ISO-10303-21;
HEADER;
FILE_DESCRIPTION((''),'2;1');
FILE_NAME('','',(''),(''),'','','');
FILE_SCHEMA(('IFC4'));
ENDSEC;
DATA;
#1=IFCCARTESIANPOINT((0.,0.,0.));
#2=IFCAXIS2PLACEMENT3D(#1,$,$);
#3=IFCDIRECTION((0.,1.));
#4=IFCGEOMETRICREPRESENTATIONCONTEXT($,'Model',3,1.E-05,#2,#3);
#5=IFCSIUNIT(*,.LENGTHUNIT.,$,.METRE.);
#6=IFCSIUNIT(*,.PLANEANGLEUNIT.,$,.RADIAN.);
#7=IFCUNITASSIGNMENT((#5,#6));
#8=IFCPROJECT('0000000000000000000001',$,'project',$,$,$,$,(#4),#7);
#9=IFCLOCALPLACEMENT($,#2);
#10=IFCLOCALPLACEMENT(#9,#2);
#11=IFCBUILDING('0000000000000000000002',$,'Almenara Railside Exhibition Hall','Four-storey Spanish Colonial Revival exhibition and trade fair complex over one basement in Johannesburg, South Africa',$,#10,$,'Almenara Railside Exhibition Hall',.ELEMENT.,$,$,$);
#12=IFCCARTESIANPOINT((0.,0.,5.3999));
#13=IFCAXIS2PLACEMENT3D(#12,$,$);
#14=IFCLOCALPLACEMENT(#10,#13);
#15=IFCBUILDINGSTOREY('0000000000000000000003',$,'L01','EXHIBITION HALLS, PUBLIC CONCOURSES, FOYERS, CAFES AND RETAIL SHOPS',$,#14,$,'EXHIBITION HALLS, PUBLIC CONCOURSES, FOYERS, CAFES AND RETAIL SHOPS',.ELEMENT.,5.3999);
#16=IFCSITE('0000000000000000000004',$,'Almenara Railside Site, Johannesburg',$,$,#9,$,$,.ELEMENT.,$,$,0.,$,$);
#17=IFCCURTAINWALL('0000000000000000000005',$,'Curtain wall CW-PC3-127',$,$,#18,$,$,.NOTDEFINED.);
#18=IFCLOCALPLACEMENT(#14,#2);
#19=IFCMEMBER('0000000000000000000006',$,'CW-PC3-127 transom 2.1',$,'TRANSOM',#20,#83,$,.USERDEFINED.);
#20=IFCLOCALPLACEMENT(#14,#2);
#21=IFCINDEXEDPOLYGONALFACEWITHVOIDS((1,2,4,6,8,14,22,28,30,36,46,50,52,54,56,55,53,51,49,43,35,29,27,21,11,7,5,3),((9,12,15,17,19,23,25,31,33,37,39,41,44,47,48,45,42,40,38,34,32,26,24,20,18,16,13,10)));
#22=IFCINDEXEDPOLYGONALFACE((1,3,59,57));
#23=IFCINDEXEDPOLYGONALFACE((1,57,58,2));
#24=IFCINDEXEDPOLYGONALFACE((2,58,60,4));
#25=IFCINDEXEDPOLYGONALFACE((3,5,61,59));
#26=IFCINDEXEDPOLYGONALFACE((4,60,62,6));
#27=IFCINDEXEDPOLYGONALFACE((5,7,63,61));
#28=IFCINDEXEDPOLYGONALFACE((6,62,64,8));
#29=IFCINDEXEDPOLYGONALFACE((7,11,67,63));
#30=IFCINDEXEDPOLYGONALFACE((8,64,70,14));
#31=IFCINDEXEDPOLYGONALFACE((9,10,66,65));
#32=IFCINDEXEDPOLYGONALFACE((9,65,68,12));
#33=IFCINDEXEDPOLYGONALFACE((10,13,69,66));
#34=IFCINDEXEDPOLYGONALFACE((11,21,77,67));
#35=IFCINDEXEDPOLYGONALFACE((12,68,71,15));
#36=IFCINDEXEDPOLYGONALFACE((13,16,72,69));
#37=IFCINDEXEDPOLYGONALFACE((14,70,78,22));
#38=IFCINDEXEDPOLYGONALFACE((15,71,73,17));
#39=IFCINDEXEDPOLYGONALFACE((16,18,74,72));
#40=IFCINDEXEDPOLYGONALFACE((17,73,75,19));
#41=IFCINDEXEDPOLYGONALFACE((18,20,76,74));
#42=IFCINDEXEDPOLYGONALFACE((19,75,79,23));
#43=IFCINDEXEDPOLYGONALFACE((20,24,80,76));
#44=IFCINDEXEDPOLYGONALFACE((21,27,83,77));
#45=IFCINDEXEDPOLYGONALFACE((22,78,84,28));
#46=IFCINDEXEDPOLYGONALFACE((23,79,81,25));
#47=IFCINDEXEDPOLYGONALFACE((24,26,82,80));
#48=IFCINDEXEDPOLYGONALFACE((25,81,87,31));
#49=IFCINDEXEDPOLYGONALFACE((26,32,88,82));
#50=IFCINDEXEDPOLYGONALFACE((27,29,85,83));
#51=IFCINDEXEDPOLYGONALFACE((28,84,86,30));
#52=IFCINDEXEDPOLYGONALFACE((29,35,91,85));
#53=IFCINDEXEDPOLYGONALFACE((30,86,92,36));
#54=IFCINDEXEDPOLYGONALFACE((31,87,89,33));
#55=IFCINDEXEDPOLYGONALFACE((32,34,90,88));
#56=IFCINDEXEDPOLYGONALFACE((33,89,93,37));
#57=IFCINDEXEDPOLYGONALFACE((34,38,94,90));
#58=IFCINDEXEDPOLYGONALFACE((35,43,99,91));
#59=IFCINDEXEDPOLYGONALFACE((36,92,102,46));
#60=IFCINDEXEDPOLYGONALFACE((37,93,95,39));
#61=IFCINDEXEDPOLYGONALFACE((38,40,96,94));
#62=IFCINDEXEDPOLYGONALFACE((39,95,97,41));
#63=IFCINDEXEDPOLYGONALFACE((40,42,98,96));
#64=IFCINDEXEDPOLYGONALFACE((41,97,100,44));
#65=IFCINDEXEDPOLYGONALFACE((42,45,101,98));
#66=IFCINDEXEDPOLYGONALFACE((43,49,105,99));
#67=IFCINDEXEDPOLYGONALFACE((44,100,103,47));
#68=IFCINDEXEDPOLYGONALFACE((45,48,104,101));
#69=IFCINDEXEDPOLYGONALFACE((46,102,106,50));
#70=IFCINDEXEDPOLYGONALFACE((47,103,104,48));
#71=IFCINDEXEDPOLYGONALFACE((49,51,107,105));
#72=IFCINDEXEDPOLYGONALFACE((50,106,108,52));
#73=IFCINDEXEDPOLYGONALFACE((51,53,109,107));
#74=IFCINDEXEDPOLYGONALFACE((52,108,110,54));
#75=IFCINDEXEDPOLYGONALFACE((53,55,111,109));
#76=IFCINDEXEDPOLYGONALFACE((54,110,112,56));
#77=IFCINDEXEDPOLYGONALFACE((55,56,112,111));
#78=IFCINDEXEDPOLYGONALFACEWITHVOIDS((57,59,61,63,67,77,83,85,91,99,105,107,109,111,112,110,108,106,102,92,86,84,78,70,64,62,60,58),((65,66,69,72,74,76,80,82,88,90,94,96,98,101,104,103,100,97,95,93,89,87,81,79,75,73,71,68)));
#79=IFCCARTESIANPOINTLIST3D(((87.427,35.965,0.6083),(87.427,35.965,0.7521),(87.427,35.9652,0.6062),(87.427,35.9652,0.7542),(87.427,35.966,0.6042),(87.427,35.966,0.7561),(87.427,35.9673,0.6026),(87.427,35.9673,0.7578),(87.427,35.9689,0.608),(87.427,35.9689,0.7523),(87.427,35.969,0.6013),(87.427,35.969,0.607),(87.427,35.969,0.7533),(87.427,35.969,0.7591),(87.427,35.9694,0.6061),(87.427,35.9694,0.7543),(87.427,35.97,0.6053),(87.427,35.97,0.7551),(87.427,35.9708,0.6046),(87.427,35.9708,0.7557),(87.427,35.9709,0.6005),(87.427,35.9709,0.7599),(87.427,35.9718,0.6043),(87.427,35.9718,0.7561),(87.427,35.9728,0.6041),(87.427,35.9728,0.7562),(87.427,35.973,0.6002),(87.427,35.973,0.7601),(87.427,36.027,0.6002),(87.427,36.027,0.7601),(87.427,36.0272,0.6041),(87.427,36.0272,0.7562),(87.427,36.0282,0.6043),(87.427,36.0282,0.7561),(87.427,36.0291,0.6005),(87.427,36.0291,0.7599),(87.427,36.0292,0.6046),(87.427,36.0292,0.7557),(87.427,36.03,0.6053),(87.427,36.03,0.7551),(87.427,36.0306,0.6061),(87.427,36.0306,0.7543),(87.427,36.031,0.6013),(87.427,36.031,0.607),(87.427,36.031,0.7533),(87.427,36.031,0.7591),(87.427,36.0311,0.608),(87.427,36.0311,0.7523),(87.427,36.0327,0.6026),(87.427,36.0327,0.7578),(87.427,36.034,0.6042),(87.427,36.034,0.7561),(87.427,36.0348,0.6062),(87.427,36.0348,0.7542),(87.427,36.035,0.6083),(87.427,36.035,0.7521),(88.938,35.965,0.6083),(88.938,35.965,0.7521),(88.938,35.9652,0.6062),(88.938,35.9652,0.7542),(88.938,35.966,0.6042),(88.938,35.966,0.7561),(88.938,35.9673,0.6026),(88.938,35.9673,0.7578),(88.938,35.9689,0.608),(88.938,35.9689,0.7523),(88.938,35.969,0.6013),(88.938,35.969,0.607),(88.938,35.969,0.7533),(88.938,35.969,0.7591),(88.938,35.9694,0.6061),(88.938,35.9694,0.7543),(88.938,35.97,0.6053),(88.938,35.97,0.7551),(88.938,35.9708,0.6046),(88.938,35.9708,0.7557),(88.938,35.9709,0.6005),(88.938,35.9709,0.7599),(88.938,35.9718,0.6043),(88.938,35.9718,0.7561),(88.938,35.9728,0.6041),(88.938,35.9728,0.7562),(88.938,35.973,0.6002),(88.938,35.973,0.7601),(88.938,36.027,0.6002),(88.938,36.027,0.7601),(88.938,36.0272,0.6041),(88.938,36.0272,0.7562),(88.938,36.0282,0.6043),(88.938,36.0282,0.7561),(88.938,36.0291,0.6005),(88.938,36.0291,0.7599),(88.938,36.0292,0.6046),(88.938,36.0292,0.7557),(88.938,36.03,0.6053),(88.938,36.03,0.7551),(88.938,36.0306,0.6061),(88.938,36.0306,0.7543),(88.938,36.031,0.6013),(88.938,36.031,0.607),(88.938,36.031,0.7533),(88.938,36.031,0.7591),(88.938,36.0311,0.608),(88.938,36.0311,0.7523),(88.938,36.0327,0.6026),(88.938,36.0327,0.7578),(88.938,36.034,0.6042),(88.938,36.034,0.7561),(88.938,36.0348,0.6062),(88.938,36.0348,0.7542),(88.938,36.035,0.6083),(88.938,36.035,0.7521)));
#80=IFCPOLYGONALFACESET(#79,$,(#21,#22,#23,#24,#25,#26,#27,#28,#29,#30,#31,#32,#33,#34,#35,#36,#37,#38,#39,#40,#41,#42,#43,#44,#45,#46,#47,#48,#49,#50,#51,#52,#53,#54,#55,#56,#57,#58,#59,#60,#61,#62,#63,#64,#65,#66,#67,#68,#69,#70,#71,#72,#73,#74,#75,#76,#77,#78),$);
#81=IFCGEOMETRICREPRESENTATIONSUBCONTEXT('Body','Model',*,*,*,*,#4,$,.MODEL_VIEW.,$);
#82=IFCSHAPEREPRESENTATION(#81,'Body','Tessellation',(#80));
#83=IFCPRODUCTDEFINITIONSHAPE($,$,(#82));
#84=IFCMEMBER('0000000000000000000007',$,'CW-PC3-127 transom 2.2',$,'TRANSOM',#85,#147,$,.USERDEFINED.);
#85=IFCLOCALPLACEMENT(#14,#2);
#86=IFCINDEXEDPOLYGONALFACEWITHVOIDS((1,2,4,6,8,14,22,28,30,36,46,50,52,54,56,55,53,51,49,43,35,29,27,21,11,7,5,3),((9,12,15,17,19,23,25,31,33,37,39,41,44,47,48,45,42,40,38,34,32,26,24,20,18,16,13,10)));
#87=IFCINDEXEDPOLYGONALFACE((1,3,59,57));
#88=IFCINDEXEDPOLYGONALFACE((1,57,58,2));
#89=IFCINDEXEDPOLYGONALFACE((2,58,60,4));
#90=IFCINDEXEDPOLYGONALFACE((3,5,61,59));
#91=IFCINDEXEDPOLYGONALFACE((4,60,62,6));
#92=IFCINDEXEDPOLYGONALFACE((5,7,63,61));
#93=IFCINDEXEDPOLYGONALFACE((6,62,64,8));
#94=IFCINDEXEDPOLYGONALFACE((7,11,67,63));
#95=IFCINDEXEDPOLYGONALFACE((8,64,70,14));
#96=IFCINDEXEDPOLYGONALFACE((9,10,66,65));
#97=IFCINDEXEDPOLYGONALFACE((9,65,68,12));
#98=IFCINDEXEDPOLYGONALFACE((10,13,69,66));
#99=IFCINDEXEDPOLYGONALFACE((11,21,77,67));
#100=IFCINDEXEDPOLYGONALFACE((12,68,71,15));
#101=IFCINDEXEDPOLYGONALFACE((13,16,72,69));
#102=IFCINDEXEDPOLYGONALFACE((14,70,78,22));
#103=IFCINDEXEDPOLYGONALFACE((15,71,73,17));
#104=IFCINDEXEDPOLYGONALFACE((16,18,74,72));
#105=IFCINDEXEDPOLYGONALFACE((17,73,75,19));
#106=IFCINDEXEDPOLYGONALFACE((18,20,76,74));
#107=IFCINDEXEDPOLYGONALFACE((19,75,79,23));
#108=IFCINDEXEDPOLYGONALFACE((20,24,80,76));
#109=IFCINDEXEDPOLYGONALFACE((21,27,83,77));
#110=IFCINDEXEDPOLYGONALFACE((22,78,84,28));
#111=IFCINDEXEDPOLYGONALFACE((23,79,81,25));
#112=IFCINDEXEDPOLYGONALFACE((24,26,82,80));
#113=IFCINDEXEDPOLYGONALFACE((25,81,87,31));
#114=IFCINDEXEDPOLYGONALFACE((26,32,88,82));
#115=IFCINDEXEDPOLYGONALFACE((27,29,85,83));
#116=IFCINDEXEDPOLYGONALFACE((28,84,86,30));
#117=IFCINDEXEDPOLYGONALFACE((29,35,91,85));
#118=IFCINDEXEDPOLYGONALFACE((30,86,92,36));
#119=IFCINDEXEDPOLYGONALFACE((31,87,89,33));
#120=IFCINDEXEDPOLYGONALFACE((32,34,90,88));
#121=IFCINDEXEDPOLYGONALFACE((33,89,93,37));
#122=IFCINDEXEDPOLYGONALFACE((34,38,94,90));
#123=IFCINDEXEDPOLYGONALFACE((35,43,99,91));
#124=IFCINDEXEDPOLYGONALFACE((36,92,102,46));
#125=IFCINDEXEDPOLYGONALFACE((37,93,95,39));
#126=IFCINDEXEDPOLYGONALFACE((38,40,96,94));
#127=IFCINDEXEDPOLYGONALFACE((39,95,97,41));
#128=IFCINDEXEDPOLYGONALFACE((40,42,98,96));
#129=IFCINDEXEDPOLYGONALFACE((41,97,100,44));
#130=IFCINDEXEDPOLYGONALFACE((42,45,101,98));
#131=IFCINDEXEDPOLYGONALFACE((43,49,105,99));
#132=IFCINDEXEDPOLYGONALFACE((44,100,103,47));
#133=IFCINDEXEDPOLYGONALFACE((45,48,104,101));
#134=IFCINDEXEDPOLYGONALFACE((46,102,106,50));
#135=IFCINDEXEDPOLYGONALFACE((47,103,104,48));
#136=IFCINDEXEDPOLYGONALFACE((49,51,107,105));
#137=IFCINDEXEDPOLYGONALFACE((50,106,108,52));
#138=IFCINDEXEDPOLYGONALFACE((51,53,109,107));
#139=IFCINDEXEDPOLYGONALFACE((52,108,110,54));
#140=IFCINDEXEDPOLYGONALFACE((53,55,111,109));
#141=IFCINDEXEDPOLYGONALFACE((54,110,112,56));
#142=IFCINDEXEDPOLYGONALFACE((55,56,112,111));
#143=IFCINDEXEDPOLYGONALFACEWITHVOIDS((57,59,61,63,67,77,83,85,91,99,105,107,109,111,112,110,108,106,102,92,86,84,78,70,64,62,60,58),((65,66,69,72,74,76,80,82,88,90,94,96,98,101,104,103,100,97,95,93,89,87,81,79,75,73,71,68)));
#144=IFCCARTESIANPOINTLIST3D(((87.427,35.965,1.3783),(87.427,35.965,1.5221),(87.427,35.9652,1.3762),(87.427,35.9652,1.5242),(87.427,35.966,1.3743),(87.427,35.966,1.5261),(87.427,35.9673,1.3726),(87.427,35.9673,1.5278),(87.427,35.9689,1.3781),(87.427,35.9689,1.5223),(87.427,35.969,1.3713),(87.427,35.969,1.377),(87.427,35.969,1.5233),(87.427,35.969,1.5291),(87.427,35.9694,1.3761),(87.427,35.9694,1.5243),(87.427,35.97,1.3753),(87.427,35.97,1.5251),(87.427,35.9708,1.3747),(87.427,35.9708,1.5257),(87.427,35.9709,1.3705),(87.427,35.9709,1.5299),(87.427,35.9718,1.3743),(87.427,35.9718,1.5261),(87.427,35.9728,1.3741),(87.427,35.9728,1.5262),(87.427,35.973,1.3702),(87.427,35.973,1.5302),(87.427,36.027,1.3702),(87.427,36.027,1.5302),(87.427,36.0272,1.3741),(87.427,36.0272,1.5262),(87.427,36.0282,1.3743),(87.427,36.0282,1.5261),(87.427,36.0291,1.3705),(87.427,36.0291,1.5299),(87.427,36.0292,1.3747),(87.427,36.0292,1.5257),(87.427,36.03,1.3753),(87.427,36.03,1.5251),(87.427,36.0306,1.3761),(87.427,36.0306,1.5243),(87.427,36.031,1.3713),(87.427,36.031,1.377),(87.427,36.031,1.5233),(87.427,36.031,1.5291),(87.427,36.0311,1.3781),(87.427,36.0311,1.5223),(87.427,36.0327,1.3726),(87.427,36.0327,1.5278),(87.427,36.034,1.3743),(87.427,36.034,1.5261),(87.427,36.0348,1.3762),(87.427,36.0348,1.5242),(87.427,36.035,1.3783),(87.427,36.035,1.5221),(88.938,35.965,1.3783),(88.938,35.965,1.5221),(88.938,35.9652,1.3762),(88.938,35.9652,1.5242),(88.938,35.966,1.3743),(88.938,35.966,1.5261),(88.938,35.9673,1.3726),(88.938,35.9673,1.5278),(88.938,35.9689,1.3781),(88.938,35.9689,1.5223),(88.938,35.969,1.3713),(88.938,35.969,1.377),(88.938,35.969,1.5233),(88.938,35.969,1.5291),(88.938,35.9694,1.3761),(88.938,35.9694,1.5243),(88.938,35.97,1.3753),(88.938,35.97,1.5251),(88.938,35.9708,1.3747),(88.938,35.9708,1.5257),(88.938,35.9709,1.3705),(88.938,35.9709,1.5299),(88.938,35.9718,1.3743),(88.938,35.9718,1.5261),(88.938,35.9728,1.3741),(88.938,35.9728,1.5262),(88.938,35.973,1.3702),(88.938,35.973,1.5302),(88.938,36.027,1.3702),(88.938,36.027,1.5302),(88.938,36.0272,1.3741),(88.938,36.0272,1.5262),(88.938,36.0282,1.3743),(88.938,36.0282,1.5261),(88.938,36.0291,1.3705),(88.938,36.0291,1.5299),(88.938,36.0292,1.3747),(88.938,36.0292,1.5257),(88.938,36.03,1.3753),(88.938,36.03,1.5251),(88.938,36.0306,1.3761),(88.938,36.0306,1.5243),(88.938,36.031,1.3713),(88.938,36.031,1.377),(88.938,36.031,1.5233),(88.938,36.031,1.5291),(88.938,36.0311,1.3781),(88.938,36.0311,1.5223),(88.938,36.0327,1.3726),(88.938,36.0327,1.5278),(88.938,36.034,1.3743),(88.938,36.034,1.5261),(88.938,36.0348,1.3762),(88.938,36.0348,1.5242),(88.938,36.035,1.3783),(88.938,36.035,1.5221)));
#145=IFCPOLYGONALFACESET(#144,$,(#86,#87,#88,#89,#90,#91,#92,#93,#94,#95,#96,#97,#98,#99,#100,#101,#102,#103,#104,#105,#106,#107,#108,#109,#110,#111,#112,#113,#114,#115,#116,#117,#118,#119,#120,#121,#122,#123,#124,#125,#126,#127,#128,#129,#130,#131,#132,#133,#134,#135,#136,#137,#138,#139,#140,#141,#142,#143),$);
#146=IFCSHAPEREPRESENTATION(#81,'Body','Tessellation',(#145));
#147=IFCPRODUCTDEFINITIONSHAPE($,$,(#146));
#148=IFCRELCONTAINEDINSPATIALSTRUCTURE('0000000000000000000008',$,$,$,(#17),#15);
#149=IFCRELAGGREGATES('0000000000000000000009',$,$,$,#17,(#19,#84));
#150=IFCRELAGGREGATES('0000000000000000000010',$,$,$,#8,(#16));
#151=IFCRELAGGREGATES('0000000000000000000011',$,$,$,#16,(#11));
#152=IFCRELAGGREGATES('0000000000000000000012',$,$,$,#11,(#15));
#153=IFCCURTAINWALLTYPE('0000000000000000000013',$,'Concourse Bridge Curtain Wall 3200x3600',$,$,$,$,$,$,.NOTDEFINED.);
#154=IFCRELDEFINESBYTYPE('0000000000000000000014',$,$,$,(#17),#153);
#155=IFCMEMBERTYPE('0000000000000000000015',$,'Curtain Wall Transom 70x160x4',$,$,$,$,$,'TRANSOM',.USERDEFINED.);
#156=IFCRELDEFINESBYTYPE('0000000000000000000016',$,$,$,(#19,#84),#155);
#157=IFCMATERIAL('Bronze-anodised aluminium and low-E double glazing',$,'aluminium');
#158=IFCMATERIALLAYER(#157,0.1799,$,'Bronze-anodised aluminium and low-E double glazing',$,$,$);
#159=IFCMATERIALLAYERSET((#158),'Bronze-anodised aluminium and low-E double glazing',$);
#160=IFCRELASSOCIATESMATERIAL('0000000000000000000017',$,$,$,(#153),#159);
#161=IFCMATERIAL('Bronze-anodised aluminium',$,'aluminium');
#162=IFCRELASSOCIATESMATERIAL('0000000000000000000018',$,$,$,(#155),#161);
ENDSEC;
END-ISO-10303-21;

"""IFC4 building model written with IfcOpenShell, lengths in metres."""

from ifc_helpers import new_model, si_unit, direction, frame, origin, origin_2d, place, context, subcontext, project, spatial, hollow_rectangle, extrude, material, layer, layer_set, material_profile, profile_set, type_object, element, aggregate, save


model = new_model("IFC4")

# Units and contexts
model_context = context("Model", 3, precision=1e-05, world=origin(), true_north=direction((0.0, 1.0)))
body_context = subcontext(model_context, "Body", "Model", "MODEL_VIEW")
ifc_project = project(units=[si_unit("LENGTHUNIT", "METRE"), si_unit("PLANEANGLEUNIT", "RADIAN")], contexts=[model_context])

# Site, building, storey
site_placement = place(None, origin())
site = spatial("IfcSite", under=ifc_project, at=site_placement, Name="Almenara Railside Site, Johannesburg", CompositionType="ELEMENT", RefElevation=0.0)
building_placement = place(site_placement, origin())
building = spatial("IfcBuilding", under=site, at=building_placement, Name="Almenara Railside Exhibition Hall", Description="Four-storey Spanish Colonial Revival exhibition and trade fair complex over one basement in Johannesburg, South Africa", LongName="Almenara Railside Exhibition Hall", CompositionType="ELEMENT")
storey_placement = place(building_placement, frame((0.0, 0.0, 5.3999)))
storey = spatial("IfcBuildingStorey", under=building, at=storey_placement, Name="L01", Description="EXHIBITION HALLS, PUBLIC CONCOURSES, FOYERS, CAFES AND RETAIL SHOPS", LongName="EXHIBITION HALLS, PUBLIC CONCOURSES, FOYERS, CAFES AND RETAIL SHOPS", CompositionType="ELEMENT", Elevation=5.3999)

# Curtain wall
ifc_material_1 = material(Name="Bronze-anodised aluminium and low-E double glazing", Category="aluminium")
ifc_material_2 = material(Name="Bronze-anodised aluminium", Category="aluminium")
ifc_layer_1 = layer(ifc_material_1, 0.1799, Name="Bronze-anodised aluminium and low-E double glazing")
ifc_layer_set_1 = layer_set([ifc_layer_1], Name="Bronze-anodised aluminium and low-E double glazing")
curtain_wall_type_1 = type_object("IfcCurtainWallType", Name="Concourse Bridge Curtain Wall 3200x3600", PredefinedType="NOTDEFINED", material=ifc_layer_set_1)
curtain_wall_1_placement = place(storey_placement, origin())
curtain_wall_1 = element("IfcCurtainWall", 1, at=curtain_wall_1_placement, inside=storey, type_object=curtain_wall_type_1, Name="Curtain wall CW-PC3-127", PredefinedType="NOTDEFINED")

# Members
ifc_material_profile_1 = material_profile(ifc_material_2, hollow_rectangle(XDim=0.0701, YDim=0.1599, WallThickness=0.0039, InnerFilletRadius=0.0039, OuterFilletRadius=0.0081, at=origin_2d()), Name="ALU-TRN 70x160x4")
ifc_profile_set_1 = profile_set([ifc_material_profile_1], Name="Bronze-anodised aluminium")
member_type_1 = type_object("IfcMemberType", Name="Curtain Wall Transom 70x160x4", ElementType="TRANSOM", PredefinedType="USERDEFINED", material=ifc_profile_set_1)
member_1_placement = place(storey_placement, frame((87.427, 36.0, 0.6802), z_axis=(1.0, 0.0, 0.0), x_axis=(0.0, 1.0, 0.0)))
member_1 = element("IfcMember", 2, at=member_1_placement, type_object=member_type_1, Name="CW-PC3-127 transom 2.1", ObjectType="TRANSOM", PredefinedType="USERDEFINED", context=body_context, shape_type="SweptSolid", body=[
    extrude(hollow_rectangle(XDim=0.0701, YDim=0.1599, WallThickness=0.0039, InnerFilletRadius=0.0039, OuterFilletRadius=0.0081, at=origin_2d()), origin(), (0.0, 0.0, 1.0), 1.511),
])
member_2_placement = place(storey_placement, frame((87.427, 36.0, 1.4502), z_axis=(1.0, 0.0, 0.0), x_axis=(0.0, 1.0, 0.0)))
member_2 = element("IfcMember", 3, at=member_2_placement, type_object=member_type_1, Name="CW-PC3-127 transom 2.2", ObjectType="TRANSOM", PredefinedType="USERDEFINED", context=body_context, shape_type="SweptSolid", body=[
    extrude(hollow_rectangle(XDim=0.0701, YDim=0.1599, WallThickness=0.0039, InnerFilletRadius=0.0039, OuterFilletRadius=0.0081, at=origin_2d()), origin(), (0.0, 0.0, 1.0), 1.511),
])

aggregate(curtain_wall_1, [member_1, member_2])

save(model, "model.ifc")
